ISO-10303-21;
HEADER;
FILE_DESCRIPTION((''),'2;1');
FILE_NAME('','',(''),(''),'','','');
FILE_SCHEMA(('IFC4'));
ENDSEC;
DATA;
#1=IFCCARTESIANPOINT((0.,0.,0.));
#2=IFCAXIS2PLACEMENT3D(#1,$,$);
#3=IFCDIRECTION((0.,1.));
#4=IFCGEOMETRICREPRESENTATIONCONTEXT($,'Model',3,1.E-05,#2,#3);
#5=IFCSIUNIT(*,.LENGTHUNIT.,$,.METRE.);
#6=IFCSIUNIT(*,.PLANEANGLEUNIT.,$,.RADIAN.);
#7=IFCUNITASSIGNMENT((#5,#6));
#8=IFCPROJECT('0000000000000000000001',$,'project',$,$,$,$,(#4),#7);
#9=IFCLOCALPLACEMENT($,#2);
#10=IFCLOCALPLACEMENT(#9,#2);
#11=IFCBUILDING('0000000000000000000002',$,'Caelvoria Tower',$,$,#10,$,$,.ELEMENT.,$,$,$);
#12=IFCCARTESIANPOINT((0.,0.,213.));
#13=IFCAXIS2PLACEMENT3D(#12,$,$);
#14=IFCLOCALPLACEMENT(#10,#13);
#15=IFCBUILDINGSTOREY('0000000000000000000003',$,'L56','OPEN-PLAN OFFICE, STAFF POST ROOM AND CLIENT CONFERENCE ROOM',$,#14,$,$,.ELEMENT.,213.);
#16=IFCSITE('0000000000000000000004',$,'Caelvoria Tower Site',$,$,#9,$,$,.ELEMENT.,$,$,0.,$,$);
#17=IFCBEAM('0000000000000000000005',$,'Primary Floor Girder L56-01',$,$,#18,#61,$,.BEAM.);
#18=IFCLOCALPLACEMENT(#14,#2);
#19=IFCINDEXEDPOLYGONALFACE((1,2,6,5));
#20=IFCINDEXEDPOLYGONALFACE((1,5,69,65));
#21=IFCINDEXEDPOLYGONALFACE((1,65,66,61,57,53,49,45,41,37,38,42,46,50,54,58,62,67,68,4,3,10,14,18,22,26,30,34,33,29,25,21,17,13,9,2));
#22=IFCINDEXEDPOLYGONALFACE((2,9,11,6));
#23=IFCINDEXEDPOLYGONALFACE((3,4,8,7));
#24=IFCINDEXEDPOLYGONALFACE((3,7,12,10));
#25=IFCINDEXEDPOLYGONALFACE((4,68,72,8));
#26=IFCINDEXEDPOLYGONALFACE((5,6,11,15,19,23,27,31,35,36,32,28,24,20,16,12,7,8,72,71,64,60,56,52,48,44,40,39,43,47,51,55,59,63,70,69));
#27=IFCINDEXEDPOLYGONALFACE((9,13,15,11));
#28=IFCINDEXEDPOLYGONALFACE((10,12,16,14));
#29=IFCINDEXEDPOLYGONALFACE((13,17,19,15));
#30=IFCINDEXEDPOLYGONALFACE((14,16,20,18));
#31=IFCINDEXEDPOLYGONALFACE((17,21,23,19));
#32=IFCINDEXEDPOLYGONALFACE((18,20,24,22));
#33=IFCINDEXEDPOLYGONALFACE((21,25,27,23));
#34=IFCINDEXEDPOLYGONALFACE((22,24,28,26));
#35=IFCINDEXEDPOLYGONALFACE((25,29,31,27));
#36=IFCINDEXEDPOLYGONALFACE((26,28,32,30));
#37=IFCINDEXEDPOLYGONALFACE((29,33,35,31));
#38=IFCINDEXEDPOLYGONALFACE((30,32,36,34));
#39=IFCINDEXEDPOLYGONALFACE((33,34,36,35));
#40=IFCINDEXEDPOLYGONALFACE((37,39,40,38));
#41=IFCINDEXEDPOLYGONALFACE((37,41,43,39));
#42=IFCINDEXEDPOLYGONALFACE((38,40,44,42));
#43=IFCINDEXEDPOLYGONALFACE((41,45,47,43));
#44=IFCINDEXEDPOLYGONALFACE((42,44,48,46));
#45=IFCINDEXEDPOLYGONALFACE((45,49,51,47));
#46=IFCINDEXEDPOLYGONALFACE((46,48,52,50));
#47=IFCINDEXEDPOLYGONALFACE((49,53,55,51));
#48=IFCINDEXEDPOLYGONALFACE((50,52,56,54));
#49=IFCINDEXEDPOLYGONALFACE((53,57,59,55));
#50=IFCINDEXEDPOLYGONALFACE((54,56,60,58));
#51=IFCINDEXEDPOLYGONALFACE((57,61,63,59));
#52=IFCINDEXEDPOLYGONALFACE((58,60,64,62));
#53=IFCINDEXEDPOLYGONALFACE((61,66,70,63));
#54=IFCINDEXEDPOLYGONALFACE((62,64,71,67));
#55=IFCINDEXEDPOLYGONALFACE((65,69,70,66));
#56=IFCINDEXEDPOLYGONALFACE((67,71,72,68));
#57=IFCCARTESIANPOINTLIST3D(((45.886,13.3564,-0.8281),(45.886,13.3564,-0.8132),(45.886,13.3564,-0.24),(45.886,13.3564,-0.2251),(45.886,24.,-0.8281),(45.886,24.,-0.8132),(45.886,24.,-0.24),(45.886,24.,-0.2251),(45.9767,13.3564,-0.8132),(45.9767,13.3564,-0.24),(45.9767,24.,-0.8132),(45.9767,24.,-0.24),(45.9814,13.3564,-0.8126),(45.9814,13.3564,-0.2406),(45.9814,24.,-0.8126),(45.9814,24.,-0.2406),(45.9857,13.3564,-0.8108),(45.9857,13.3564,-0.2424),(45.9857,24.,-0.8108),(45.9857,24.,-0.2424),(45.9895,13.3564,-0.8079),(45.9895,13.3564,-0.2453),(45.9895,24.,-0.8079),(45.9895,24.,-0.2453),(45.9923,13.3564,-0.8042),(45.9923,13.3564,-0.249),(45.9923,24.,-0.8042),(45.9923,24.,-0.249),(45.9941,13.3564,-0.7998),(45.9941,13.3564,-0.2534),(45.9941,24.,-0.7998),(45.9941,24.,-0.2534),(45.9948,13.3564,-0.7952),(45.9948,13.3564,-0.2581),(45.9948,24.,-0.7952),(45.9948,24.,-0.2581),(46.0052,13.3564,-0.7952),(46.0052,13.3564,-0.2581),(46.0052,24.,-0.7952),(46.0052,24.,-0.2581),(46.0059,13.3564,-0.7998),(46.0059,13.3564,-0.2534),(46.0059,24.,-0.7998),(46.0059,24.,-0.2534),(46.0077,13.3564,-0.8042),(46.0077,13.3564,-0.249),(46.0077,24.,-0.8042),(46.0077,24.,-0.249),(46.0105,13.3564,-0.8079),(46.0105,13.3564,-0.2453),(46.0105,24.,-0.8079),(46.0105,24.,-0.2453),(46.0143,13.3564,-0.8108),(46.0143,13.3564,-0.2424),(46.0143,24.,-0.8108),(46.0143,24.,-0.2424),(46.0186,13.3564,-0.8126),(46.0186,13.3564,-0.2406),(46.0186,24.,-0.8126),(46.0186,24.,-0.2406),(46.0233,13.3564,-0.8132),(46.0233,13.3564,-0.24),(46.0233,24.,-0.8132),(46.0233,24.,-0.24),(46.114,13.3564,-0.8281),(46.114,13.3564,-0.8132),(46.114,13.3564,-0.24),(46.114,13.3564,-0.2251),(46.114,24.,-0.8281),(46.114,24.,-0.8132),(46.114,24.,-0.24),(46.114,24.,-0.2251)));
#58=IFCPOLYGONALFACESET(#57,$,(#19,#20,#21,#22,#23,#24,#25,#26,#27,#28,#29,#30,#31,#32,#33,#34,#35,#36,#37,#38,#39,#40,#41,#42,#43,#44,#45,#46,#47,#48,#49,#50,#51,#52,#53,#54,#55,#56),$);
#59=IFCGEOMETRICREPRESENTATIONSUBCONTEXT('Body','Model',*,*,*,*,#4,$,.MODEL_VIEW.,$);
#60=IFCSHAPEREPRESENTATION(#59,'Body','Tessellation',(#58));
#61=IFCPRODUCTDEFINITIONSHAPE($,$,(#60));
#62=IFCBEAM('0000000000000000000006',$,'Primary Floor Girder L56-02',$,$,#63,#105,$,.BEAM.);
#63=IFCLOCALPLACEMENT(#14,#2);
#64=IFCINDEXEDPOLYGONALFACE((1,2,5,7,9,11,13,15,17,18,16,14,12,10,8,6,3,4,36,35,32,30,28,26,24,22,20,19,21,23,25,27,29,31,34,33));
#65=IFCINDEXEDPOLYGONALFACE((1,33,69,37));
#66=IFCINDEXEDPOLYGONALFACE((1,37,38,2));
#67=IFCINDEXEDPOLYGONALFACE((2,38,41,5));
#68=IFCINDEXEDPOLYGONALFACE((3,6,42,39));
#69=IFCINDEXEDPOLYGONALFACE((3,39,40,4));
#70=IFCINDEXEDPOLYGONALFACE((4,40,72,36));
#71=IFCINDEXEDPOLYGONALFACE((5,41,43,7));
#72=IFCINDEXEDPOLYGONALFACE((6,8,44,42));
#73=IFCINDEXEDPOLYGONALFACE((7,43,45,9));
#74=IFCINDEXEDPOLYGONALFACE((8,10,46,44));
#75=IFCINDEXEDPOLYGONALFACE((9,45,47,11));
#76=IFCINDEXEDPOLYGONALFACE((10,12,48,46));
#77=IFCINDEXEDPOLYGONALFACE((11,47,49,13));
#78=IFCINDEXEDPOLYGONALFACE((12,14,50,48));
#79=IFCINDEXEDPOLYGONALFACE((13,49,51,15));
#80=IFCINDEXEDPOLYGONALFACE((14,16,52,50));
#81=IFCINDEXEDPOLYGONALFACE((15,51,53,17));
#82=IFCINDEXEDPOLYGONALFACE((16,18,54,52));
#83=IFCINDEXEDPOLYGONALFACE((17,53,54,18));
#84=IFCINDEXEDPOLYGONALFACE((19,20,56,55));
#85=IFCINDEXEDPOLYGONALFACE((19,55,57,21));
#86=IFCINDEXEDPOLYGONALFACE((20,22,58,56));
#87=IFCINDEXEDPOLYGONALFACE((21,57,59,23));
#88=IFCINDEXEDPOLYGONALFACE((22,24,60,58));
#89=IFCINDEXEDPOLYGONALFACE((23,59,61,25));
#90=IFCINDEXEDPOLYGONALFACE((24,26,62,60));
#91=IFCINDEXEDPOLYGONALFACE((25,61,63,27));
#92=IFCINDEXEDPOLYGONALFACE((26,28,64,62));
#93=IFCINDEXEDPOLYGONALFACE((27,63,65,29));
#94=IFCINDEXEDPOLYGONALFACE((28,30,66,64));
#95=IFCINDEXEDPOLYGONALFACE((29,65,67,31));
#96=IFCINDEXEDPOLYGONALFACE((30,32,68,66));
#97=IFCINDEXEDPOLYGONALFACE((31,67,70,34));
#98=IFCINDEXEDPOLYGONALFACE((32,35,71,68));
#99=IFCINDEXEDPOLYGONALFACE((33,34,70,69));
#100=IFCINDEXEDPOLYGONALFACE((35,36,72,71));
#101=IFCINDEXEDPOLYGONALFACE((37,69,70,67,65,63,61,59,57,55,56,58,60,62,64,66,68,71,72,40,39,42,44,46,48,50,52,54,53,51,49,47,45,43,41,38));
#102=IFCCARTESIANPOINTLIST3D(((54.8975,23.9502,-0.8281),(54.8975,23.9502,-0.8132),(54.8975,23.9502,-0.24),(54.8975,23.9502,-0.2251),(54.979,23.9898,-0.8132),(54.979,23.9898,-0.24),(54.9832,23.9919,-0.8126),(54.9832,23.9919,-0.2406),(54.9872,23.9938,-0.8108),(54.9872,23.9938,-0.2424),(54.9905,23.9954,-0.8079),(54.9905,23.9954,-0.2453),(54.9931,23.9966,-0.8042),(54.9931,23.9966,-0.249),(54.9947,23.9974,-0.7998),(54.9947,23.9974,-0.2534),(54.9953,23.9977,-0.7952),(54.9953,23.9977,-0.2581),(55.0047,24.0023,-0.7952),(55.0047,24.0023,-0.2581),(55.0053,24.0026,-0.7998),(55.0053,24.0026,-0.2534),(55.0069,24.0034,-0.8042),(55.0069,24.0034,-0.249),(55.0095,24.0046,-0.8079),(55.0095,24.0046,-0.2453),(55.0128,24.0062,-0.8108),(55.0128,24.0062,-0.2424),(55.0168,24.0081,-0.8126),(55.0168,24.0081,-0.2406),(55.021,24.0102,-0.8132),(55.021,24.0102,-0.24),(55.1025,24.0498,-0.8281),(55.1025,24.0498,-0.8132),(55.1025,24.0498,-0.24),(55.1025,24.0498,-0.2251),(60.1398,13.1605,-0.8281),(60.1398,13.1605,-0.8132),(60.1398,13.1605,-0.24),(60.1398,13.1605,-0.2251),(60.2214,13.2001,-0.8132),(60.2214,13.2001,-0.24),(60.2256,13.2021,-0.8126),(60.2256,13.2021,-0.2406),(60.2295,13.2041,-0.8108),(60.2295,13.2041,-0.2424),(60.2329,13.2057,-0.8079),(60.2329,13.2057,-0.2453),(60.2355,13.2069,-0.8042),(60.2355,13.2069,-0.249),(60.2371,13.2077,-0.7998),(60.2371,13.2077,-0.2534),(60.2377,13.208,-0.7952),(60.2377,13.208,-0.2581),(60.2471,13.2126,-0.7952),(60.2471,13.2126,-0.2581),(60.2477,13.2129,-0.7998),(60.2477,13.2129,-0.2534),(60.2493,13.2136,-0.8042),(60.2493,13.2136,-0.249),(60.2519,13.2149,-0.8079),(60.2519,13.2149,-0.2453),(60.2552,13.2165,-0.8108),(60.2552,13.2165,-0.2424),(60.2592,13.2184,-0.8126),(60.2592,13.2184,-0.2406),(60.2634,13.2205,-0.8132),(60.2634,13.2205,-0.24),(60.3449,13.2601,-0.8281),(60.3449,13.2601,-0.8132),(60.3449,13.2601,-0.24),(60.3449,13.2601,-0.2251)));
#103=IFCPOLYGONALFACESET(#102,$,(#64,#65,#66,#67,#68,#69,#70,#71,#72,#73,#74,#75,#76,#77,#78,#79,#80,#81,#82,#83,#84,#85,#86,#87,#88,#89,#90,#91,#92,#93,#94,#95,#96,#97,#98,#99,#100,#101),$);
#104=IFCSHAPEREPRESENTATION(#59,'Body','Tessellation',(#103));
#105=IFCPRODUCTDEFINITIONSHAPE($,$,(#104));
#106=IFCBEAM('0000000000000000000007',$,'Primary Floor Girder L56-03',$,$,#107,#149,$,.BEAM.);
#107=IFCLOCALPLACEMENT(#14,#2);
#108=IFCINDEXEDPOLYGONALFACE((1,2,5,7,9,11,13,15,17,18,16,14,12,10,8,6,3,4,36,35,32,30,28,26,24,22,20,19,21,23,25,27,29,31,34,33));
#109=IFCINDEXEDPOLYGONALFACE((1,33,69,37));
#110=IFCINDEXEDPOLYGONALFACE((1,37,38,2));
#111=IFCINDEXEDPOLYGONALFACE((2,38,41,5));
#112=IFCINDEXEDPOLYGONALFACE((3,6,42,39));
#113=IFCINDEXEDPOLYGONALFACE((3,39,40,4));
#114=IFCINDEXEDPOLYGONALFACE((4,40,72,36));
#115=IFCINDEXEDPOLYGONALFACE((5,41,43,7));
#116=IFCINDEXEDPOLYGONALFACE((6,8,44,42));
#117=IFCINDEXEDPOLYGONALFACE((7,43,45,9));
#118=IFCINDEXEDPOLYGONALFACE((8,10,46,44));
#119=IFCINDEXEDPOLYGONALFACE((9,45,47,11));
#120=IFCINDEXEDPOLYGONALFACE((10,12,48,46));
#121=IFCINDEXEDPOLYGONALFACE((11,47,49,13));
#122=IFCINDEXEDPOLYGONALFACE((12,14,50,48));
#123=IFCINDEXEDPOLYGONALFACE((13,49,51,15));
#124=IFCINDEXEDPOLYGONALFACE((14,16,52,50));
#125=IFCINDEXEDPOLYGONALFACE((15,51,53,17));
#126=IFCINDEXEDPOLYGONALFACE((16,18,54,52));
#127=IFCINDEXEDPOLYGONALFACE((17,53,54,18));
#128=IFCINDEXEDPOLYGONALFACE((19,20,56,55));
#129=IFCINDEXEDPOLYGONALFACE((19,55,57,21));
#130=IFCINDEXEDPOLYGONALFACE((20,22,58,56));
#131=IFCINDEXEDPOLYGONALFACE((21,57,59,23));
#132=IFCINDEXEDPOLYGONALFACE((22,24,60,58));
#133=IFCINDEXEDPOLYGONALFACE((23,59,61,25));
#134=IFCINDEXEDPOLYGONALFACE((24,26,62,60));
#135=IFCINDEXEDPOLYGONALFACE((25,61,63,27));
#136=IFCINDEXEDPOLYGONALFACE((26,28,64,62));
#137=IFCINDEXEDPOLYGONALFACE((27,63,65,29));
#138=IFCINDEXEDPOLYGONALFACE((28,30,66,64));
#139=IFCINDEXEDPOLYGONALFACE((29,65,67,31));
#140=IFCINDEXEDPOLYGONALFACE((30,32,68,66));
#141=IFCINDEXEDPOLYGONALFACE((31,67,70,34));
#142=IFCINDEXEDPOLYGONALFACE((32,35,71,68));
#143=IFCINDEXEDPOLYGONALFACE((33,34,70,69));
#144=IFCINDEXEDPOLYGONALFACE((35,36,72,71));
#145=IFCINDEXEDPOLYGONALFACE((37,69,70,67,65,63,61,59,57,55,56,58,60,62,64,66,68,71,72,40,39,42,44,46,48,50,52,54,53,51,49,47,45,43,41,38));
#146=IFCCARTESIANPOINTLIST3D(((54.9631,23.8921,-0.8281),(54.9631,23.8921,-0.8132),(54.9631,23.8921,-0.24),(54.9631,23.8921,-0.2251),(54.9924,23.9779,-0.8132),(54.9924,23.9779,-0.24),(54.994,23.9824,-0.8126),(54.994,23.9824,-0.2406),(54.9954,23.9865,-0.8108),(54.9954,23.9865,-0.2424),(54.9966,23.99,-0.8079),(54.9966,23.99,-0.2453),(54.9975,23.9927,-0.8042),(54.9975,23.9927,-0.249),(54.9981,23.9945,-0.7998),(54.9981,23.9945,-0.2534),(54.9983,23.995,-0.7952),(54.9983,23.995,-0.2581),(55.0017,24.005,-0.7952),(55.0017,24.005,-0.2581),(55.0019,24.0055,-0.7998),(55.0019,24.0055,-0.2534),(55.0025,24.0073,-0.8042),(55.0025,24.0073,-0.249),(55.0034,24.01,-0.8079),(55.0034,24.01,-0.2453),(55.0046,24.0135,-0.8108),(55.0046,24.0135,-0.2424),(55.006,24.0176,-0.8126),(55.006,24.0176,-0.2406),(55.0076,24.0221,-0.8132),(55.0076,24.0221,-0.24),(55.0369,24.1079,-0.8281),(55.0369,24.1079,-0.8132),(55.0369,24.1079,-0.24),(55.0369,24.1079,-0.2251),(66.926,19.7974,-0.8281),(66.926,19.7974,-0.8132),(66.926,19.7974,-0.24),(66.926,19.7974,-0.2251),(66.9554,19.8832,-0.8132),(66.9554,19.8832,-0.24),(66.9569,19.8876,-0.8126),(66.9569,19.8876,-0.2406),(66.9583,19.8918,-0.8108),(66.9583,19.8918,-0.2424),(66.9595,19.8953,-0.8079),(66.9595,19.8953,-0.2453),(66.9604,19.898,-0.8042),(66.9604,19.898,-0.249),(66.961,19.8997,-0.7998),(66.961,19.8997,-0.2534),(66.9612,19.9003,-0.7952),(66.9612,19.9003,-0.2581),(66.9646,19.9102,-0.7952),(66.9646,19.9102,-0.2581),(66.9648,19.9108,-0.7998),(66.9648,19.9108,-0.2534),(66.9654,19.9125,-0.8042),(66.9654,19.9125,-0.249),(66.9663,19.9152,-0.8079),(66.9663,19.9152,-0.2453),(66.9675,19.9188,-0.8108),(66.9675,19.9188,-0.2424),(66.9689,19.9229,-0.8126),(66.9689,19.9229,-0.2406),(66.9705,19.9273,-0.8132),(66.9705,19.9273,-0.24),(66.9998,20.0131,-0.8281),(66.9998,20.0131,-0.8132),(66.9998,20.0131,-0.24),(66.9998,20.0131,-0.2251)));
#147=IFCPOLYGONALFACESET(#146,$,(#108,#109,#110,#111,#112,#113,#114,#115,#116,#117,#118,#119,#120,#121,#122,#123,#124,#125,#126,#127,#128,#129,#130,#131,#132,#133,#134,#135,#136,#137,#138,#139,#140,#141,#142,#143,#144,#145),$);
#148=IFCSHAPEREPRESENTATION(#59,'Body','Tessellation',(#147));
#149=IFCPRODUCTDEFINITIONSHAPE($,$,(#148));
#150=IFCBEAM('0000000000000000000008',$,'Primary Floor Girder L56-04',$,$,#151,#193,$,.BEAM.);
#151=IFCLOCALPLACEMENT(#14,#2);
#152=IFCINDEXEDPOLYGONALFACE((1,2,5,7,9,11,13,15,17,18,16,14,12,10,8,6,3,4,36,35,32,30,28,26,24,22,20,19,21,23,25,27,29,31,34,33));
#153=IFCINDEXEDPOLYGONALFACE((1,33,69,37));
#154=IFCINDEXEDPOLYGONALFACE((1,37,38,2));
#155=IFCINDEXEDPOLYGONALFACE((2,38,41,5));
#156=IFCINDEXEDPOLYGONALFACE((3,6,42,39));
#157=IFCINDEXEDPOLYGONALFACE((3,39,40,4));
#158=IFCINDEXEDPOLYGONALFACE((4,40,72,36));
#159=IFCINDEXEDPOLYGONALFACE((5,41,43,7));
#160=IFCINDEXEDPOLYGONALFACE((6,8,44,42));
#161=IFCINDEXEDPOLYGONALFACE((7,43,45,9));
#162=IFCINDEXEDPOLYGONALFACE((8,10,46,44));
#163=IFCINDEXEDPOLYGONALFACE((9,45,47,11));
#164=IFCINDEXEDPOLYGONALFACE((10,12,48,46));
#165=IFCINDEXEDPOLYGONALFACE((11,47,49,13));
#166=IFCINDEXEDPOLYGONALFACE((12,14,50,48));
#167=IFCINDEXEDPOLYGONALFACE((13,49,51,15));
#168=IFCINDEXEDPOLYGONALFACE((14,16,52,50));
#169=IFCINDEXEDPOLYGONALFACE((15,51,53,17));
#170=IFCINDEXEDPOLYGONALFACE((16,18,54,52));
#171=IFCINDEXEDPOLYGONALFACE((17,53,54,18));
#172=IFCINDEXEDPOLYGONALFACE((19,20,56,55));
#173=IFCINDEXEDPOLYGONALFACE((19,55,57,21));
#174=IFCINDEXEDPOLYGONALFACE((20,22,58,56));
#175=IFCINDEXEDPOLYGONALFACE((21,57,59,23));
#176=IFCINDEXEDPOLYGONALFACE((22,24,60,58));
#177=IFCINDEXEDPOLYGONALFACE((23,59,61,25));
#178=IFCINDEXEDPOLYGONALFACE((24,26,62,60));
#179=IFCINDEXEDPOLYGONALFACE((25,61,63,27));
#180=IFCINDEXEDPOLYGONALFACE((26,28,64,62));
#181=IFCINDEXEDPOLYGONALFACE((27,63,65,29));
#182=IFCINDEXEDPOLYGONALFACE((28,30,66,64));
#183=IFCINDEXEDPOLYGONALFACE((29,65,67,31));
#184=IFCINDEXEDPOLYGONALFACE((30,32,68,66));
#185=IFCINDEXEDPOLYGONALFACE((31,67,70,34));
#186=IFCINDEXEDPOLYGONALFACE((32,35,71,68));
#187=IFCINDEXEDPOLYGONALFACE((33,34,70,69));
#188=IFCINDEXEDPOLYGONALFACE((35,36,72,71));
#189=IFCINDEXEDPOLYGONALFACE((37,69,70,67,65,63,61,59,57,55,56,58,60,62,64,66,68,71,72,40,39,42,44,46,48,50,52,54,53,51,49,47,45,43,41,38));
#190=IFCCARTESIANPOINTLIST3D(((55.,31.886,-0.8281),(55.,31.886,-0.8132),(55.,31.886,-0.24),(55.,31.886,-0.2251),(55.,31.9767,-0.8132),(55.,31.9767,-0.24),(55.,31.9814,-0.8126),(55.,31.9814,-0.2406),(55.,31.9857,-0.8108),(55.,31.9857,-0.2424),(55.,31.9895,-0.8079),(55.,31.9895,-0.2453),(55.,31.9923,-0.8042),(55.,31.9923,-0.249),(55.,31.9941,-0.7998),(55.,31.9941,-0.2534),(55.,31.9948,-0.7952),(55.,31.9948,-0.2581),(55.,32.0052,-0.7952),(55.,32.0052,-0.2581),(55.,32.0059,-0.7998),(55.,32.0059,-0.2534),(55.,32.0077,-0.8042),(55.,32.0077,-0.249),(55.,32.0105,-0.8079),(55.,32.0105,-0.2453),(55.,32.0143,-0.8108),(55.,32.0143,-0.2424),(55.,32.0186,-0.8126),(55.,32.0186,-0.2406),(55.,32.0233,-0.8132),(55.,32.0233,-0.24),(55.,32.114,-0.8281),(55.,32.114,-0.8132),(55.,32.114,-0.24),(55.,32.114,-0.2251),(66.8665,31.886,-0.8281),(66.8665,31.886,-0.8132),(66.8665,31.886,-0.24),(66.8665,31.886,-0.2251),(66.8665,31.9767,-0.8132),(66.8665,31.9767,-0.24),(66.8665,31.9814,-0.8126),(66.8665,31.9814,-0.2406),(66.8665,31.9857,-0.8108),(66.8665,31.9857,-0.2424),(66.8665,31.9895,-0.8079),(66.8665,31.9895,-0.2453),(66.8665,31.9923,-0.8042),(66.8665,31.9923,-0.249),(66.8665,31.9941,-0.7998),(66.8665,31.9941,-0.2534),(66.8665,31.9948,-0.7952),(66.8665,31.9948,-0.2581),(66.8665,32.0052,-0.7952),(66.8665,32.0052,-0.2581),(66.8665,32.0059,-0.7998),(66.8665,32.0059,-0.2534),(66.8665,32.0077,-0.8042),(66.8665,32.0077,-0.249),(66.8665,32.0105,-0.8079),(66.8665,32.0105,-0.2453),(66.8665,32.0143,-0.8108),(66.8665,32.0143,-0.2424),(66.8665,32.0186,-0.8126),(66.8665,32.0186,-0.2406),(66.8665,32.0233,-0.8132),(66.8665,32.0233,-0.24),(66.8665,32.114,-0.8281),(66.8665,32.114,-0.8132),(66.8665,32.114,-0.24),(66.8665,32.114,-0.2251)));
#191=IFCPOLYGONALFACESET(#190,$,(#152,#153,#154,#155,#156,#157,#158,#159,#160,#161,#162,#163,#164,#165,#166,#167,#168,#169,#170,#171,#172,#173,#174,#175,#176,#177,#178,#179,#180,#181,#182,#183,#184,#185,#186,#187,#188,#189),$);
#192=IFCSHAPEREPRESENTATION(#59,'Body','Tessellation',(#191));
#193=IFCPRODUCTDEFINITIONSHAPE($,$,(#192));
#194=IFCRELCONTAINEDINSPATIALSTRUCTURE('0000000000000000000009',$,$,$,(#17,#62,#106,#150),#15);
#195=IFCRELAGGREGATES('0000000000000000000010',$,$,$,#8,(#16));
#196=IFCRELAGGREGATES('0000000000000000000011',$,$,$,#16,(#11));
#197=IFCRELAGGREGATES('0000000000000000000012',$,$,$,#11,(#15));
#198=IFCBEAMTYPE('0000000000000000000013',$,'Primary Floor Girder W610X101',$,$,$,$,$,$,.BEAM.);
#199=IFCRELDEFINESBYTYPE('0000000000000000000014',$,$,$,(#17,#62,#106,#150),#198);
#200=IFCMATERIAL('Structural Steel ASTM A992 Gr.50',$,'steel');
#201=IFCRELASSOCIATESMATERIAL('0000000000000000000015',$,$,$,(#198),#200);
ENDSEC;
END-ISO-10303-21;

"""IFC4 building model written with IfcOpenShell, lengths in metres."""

from ifc_helpers import new_model, si_unit, direction, frame, origin, origin_2d, place, context, subcontext, project, spatial, i_section, extrude, material, material_profile, profile_set, type_object, element, save


model = new_model("IFC4")

# Units and contexts
model_context = context("Model", 3, precision=1e-05, world=origin(), true_north=direction((0.0, 1.0)))
body_context = subcontext(model_context, "Body", "Model", "MODEL_VIEW")
ifc_project = project(units=[si_unit("LENGTHUNIT", "METRE"), si_unit("PLANEANGLEUNIT", "RADIAN")], contexts=[model_context])

# Site, building, storey
site_placement = place(None, origin())
site = spatial("IfcSite", under=ifc_project, at=site_placement, Name="Caelvoria Tower Site", CompositionType="ELEMENT", RefElevation=0.0)
building_placement = place(site_placement, origin())
building = spatial("IfcBuilding", under=site, at=building_placement, Name="Caelvoria Tower", CompositionType="ELEMENT")
storey_placement = place(building_placement, frame((0.0, 0.0, 213.0)))
storey = spatial("IfcBuildingStorey", under=building, at=storey_placement, Name="L56", Description="OPEN-PLAN OFFICE, STAFF POST ROOM AND CLIENT CONFERENCE ROOM", CompositionType="ELEMENT", Elevation=213.0)

# Beams
ifc_material_1 = material(Name="Structural Steel ASTM A992 Gr.50", Category="steel")
ifc_material_profile_1 = material_profile(ifc_material_1, i_section(OverallWidth=0.228, OverallDepth=0.603, WebThickness=0.0105, FlangeThickness=0.0149, FilletRadius=0.0181, at=origin_2d()), Name="Structural Steel ASTM A992 Gr.50")
ifc_profile_set_1 = profile_set([ifc_material_profile_1], Name="W610X101 - Structural Steel ASTM A992 Gr.50")
beam_type_1 = type_object("IfcBeamType", Name="Primary Floor Girder W610X101", PredefinedType="BEAM", material=ifc_profile_set_1)
beam_1_placement = place(storey_placement, frame((46.0, 24.0, -0.5266), z_axis=(0.0, -1.0, 0.0), x_axis=(1.0, 0.0, 0.0)))
element("IfcBeam", 1, at=beam_1_placement, inside=storey, type_object=beam_type_1, Name="Primary Floor Girder L56-01", PredefinedType="BEAM", context=body_context, shape_type="SweptSolid", body=[
    extrude(i_section(OverallWidth=0.228, OverallDepth=0.603, WebThickness=0.0105, FlangeThickness=0.0149, FilletRadius=0.0181, at=origin_2d()), origin(), (0.0, 0.0, 1.0), 10.6436),
])
beam_2_placement = place(storey_placement, frame((55.0, 24.0, -0.5266), z_axis=(0.437017, -0.899453, 0.0), x_axis=(0.899453, 0.437017, 0.0)))
element("IfcBeam", 2, at=beam_2_placement, inside=storey, type_object=beam_type_1, Name="Primary Floor Girder L56-02", PredefinedType="BEAM", context=body_context, shape_type="SweptSolid", body=[
    extrude(i_section(OverallWidth=0.228, OverallDepth=0.603, WebThickness=0.0105, FlangeThickness=0.0149, FilletRadius=0.0181, at=origin_2d()), origin(), (0.0, 0.0, 1.0), 11.9958),
])
beam_3_placement = place(storey_placement, frame((55.0, 24.0, -0.5266), z_axis=(0.946112, -0.323841, 0.0), x_axis=(0.323841, 0.946112, 0.0)))
element("IfcBeam", 3, at=beam_3_placement, inside=storey, type_object=beam_type_1, Name="Primary Floor Girder L56-03", PredefinedType="BEAM", context=body_context, shape_type="SweptSolid", body=[
    extrude(i_section(OverallWidth=0.228, OverallDepth=0.603, WebThickness=0.0105, FlangeThickness=0.0149, FilletRadius=0.0181, at=origin_2d()), origin(), (0.0, 0.0, 1.0), 12.6443),
])
beam_4_placement = place(storey_placement, frame((55.0, 32.0, -0.5266), z_axis=(1.0, 0.0, 0.0), x_axis=(0.0, 1.0, 0.0)))
element("IfcBeam", 4, at=beam_4_placement, inside=storey, type_object=beam_type_1, Name="Primary Floor Girder L56-04", PredefinedType="BEAM", context=body_context, shape_type="SweptSolid", body=[
    extrude(i_section(OverallWidth=0.228, OverallDepth=0.603, WebThickness=0.0105, FlangeThickness=0.0149, FilletRadius=0.0181, at=origin_2d()), origin(), (0.0, 0.0, 1.0), 11.8665),
])

save(model, "model.ifc")
